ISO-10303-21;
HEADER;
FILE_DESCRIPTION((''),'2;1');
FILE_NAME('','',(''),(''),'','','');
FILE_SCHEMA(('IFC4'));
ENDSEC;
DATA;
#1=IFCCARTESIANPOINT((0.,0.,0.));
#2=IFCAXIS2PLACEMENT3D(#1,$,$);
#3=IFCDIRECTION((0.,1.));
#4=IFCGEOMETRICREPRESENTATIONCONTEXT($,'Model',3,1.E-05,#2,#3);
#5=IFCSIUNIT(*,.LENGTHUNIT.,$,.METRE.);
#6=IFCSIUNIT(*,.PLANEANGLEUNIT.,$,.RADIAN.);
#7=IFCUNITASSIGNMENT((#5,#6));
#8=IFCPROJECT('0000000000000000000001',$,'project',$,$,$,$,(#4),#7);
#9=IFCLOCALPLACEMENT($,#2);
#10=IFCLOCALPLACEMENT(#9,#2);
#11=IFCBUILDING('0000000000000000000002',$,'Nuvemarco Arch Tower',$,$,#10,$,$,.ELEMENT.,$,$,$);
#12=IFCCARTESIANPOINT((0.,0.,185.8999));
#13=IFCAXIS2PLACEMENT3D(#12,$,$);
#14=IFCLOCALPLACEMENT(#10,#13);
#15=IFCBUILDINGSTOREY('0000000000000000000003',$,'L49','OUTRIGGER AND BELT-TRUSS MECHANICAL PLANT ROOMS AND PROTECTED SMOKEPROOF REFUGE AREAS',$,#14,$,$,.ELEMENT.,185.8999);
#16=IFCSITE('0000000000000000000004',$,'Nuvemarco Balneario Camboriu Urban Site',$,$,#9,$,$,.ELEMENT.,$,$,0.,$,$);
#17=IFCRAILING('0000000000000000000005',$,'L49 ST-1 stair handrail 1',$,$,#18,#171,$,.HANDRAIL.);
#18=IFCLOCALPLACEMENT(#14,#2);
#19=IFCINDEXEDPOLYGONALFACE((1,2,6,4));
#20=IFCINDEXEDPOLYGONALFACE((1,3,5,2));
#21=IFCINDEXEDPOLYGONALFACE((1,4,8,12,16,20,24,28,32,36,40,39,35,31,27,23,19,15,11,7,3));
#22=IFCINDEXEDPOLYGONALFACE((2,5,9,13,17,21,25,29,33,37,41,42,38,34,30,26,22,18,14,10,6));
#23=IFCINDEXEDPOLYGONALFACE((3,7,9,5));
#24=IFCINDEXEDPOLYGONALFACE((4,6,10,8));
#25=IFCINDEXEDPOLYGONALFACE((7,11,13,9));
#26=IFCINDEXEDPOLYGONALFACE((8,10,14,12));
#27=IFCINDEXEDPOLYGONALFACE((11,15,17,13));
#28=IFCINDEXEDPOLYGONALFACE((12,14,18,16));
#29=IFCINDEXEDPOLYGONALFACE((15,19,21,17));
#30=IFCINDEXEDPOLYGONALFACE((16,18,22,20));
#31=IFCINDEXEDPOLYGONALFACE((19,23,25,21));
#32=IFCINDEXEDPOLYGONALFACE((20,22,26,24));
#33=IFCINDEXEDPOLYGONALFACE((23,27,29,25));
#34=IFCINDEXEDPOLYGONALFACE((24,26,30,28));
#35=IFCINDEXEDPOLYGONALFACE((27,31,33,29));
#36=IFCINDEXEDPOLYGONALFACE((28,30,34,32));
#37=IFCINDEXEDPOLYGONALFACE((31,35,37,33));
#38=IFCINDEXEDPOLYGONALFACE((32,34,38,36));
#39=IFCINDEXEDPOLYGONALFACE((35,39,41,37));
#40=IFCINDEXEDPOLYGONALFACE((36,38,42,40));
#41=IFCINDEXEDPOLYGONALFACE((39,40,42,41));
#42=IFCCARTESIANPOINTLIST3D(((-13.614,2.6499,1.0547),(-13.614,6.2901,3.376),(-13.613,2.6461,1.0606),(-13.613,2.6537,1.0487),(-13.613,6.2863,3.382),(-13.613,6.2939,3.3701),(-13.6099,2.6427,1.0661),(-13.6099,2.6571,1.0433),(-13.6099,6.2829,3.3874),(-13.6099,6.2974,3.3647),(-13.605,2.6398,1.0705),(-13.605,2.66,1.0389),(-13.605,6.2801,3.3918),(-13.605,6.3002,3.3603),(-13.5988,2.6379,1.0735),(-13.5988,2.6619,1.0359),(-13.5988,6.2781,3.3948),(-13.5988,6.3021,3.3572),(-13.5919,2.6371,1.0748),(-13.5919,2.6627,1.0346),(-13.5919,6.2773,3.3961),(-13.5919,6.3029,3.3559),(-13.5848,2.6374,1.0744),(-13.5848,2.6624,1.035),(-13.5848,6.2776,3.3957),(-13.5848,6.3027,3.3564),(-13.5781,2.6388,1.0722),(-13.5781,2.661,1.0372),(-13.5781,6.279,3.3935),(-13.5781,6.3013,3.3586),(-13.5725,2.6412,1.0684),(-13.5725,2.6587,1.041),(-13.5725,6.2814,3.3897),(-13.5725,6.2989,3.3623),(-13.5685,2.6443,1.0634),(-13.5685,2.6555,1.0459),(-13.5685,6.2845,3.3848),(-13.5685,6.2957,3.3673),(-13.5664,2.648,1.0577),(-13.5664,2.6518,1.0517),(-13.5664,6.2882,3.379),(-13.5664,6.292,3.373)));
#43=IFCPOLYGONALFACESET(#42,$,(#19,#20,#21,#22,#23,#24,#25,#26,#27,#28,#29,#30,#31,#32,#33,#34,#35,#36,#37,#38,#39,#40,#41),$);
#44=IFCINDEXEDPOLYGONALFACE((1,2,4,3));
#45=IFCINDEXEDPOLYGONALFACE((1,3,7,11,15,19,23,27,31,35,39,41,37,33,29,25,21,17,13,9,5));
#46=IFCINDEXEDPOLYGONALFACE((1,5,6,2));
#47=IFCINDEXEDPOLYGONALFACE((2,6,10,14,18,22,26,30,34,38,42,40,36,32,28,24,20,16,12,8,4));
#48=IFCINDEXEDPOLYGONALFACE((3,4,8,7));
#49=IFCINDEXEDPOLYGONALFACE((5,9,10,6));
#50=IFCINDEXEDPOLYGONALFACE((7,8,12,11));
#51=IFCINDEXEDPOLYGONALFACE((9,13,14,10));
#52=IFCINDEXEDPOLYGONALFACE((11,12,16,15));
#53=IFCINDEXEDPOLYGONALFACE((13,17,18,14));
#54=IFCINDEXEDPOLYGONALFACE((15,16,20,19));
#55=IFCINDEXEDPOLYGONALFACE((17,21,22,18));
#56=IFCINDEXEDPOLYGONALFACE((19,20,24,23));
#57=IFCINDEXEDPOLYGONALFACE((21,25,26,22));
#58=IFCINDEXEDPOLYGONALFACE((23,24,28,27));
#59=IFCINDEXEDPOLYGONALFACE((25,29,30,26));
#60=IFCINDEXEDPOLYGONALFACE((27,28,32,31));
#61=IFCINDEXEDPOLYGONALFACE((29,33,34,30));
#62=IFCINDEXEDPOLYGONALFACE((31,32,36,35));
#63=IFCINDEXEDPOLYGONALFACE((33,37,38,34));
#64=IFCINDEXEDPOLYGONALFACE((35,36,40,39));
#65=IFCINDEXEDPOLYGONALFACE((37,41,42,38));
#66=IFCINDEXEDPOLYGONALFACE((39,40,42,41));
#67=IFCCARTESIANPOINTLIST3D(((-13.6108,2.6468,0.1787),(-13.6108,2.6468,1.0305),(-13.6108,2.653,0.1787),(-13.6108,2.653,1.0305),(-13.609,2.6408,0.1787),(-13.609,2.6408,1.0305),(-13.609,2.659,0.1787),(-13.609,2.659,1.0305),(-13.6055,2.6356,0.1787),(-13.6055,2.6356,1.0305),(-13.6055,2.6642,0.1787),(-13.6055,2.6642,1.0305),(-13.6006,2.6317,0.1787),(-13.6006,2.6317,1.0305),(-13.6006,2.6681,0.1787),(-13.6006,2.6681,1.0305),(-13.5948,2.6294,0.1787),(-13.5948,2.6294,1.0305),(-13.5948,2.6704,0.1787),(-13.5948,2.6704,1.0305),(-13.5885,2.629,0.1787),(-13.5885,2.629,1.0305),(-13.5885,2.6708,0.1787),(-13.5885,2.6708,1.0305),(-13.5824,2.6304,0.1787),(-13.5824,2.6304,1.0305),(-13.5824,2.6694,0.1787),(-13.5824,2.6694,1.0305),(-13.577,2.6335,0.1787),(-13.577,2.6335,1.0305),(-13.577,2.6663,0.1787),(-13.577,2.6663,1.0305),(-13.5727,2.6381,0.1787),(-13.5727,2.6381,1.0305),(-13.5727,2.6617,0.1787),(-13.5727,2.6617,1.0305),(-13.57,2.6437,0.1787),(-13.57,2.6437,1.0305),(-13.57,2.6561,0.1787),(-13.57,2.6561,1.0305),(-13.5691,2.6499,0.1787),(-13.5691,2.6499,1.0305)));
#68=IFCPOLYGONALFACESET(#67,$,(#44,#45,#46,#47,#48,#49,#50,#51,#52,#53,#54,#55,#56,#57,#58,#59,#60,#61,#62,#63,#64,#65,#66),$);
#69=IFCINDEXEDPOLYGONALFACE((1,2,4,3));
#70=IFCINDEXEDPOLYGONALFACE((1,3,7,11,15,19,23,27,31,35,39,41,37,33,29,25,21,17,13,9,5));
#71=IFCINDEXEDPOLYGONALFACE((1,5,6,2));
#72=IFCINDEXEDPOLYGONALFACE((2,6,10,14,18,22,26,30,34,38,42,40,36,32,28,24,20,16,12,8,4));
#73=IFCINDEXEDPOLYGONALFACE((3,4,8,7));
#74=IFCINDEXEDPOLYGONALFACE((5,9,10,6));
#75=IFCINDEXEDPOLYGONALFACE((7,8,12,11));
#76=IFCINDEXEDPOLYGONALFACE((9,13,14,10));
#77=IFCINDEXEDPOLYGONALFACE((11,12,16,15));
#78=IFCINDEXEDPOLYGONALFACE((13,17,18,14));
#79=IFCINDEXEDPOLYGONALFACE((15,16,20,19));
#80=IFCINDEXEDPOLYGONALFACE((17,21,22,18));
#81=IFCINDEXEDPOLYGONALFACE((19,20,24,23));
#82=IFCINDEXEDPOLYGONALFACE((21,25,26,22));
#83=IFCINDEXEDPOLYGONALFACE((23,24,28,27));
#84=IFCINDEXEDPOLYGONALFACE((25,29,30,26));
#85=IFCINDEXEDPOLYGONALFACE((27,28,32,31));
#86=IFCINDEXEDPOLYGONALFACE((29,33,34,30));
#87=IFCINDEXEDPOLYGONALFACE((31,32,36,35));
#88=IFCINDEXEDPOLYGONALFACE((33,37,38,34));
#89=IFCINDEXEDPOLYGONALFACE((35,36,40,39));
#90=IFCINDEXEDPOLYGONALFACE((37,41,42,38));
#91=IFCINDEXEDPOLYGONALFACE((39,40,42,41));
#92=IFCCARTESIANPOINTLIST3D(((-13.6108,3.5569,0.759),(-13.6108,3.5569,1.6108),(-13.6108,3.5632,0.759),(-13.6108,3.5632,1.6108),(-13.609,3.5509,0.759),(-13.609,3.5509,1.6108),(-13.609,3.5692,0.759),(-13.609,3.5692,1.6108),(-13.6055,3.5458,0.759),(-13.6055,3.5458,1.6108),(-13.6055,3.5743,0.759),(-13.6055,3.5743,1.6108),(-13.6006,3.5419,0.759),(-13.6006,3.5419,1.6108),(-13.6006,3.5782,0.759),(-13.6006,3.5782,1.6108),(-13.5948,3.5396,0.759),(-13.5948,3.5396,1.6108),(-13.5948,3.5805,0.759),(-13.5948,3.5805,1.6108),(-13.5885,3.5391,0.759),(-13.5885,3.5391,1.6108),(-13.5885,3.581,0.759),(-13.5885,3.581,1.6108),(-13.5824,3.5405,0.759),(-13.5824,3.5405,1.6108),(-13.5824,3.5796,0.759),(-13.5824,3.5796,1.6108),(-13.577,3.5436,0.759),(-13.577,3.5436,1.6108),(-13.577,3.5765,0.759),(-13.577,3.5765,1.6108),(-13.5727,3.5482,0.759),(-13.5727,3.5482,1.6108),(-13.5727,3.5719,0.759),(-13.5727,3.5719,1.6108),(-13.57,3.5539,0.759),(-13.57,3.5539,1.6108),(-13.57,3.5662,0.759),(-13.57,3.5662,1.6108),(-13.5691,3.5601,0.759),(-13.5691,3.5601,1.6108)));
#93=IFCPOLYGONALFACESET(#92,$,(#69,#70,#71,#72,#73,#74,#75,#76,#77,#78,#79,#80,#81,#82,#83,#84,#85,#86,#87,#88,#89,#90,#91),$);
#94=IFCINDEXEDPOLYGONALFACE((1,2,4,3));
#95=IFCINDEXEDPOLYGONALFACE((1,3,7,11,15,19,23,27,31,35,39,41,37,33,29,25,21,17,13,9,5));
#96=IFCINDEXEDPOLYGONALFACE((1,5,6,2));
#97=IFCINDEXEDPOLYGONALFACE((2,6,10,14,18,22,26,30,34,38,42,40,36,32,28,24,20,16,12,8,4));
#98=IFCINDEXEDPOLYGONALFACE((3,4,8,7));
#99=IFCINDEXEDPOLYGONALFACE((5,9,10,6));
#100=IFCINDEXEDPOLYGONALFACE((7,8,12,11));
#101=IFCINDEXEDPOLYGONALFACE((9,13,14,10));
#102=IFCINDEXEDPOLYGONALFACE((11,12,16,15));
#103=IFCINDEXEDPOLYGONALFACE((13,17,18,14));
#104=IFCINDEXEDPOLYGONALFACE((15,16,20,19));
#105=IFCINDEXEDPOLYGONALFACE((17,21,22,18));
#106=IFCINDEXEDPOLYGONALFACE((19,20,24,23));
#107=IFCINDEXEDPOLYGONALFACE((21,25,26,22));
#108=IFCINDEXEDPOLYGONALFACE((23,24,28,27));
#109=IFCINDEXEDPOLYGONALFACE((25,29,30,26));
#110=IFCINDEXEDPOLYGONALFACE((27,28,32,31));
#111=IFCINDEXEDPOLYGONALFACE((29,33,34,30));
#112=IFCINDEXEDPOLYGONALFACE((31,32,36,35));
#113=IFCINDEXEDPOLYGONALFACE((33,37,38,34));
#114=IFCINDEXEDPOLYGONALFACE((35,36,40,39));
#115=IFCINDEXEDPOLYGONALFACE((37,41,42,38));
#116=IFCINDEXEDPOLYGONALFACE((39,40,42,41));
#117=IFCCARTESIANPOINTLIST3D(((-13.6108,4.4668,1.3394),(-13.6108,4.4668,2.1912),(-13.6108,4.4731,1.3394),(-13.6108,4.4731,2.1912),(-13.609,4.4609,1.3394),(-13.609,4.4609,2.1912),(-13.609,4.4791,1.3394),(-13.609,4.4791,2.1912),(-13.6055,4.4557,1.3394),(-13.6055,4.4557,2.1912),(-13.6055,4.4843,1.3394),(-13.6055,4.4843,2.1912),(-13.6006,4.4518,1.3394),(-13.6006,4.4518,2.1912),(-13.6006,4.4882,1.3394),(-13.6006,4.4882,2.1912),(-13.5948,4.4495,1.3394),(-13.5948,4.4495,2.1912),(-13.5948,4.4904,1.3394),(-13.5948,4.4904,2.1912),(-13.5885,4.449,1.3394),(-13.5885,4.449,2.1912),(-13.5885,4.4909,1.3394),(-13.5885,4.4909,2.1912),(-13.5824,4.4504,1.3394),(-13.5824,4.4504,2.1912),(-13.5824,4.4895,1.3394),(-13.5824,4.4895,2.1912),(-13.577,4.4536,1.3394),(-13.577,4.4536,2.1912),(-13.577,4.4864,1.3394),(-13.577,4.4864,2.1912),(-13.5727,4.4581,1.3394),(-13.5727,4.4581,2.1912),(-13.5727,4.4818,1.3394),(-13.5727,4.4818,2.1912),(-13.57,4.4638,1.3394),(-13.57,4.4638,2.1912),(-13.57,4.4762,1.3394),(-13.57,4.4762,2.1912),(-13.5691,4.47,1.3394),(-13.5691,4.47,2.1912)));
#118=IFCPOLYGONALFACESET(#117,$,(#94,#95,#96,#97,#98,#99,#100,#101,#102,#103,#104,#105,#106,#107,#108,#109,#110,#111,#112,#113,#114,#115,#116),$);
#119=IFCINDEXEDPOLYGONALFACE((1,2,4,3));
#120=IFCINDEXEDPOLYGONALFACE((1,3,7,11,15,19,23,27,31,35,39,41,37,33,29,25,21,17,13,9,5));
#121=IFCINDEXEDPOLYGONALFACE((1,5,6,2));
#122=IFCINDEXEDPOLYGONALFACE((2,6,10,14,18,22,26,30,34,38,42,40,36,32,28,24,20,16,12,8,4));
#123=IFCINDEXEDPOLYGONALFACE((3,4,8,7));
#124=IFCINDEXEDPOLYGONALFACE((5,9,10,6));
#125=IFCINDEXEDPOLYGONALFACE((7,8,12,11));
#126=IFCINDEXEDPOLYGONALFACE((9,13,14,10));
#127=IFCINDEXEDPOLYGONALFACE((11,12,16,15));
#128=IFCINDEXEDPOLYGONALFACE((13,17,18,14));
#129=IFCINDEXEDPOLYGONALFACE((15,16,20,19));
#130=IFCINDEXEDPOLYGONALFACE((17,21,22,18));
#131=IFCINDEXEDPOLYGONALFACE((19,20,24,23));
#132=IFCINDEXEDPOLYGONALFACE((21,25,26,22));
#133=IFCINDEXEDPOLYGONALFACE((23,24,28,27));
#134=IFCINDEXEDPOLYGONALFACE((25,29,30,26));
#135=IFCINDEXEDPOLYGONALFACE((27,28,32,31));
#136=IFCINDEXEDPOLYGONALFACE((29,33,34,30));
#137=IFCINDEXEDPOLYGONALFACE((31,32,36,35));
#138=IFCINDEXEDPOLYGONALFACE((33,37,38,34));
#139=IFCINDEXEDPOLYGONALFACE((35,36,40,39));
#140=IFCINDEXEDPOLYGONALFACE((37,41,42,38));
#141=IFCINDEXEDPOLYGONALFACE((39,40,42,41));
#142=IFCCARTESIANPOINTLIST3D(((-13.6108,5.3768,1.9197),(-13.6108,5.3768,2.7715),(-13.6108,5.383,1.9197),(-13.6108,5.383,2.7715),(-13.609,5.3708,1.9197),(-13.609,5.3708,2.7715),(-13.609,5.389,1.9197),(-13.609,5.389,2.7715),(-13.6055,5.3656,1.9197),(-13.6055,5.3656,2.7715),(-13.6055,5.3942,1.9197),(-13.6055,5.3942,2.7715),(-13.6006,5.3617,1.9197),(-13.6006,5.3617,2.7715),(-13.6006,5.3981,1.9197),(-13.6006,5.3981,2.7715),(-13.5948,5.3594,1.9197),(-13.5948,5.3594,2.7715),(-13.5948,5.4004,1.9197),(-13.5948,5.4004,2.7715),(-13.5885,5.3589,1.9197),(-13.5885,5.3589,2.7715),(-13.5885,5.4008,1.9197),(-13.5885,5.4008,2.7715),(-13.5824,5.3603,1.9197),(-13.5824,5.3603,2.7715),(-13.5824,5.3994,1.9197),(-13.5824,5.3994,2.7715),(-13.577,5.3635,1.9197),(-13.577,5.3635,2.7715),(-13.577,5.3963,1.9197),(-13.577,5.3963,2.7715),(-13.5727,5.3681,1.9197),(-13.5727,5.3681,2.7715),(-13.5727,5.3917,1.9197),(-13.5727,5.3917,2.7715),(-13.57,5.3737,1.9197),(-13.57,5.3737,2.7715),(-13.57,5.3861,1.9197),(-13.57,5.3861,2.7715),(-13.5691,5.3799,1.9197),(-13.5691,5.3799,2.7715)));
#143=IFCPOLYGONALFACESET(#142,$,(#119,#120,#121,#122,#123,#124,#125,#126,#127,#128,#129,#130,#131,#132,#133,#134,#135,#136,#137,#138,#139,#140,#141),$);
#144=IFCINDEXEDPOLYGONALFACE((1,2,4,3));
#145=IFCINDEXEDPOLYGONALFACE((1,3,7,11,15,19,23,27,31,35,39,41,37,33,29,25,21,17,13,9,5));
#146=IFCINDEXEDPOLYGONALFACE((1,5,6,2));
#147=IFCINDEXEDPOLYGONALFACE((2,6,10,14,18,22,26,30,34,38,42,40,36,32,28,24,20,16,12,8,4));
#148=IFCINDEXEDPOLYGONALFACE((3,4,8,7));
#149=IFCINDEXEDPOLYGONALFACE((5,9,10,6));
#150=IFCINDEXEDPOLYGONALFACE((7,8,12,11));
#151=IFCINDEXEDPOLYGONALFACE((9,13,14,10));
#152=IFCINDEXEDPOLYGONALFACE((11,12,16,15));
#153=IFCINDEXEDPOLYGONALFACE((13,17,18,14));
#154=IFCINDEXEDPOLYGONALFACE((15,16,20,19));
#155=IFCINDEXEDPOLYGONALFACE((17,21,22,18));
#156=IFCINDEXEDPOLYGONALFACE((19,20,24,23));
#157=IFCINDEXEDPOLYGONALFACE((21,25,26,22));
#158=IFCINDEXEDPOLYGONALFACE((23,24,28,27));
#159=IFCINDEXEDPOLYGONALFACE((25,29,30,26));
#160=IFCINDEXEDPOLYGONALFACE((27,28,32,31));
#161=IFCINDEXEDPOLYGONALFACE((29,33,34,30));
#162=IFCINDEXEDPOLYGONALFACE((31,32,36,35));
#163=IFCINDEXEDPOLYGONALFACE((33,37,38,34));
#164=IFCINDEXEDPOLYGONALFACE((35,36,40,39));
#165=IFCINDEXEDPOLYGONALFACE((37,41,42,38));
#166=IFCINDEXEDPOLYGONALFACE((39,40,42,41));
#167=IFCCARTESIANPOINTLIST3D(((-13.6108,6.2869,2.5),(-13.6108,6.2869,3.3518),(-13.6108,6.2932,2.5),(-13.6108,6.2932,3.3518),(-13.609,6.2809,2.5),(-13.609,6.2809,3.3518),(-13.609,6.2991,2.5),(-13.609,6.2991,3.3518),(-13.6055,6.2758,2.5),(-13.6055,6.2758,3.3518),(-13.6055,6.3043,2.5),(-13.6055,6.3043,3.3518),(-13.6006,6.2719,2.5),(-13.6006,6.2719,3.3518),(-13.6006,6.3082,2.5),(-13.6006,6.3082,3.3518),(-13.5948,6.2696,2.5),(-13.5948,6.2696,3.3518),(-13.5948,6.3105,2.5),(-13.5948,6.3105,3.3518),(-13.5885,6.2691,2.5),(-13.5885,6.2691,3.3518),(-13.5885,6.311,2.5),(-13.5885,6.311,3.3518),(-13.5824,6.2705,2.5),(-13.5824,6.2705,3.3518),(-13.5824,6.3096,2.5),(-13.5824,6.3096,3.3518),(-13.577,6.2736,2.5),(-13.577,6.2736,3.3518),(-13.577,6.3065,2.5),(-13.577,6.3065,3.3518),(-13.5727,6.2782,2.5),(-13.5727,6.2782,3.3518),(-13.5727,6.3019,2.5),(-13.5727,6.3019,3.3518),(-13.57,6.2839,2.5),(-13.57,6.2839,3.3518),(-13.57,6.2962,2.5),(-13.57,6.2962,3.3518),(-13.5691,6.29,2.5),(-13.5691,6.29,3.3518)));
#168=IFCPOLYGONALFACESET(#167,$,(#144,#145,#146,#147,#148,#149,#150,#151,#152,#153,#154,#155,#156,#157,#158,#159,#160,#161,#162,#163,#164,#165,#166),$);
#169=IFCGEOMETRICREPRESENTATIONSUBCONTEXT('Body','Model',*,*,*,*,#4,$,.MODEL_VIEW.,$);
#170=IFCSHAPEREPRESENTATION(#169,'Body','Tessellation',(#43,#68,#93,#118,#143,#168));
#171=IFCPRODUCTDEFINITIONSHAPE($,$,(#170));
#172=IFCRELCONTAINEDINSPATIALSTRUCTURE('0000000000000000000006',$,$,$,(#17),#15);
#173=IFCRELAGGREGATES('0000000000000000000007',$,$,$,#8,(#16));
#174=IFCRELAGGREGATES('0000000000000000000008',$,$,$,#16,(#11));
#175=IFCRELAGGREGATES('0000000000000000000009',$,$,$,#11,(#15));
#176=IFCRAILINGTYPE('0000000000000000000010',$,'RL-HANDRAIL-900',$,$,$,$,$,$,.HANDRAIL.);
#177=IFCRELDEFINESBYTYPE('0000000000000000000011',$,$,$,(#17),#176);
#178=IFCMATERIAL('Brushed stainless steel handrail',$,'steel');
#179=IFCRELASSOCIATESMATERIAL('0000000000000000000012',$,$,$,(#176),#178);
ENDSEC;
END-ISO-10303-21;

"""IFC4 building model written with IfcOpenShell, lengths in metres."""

from ifc_helpers import new_model, si_unit, direction, frame, origin, origin_2d, place, context, subcontext, project, spatial, circle, extrude, material, type_object, element, save


model = new_model("IFC4")

# Units and contexts
model_context = context("Model", 3, precision=1e-05, world=origin(), true_north=direction((0.0, 1.0)))
body_context = subcontext(model_context, "Body", "Model", "MODEL_VIEW")
ifc_project = project(units=[si_unit("LENGTHUNIT", "METRE"), si_unit("PLANEANGLEUNIT", "RADIAN")], contexts=[model_context])

# Site, building, storey
site_placement = place(None, origin())
site = spatial("IfcSite", under=ifc_project, at=site_placement, Name="Nuvemarco Balneario Camboriu Urban Site", CompositionType="ELEMENT", RefElevation=0.0)
building_placement = place(site_placement, origin())
building = spatial("IfcBuilding", under=site, at=building_placement, Name="Nuvemarco Arch Tower", CompositionType="ELEMENT")
storey_placement = place(building_placement, frame((0.0, 0.0, 185.8999)))
storey = spatial("IfcBuildingStorey", under=building, at=storey_placement, Name="L49", Description="OUTRIGGER AND BELT-TRUSS MECHANICAL PLANT ROOMS AND PROTECTED SMOKEPROOF REFUGE AREAS", CompositionType="ELEMENT", Elevation=185.8999)

# Railing
ifc_material_1 = material(Name="Brushed stainless steel handrail", Category="steel")
railing_type_1 = type_object("IfcRailingType", Name="RL-HANDRAIL-900", PredefinedType="HANDRAIL", material=ifc_material_1)
railing_1_placement = place(storey_placement, frame((-13.5901, 2.6499, 0.1787)))
element("IfcRailing", 1, at=railing_1_placement, inside=storey, type_object=railing_type_1, Name="L49 ST-1 stair handrail 1", PredefinedType="HANDRAIL", context=body_context, shape_type="SweptSolid", body=[
    extrude(circle(Radius=0.0239, at=origin_2d()), frame((0.0, 0.0, 0.876), z_axis=(0.0, 0.843153, 0.537673), x_axis=(-1.0, 0.0, 0.0)), (0.0, 0.0, 1.0), 4.3174),
    extrude(circle(Radius=0.021, at=origin_2d()), origin(), (0.0, 0.0, 1.0), 0.8518),
    extrude(circle(Radius=0.021, at=origin_2d()), frame((0.0, 0.9102, 0.5803)), (0.0, 0.0, 1.0), 0.8518),
    extrude(circle(Radius=0.021, at=origin_2d()), frame((0.0, 1.8201, 1.1606)), (0.0, 0.0, 1.0), 0.8518),
    extrude(circle(Radius=0.021, at=origin_2d()), frame((0.0, 2.73, 1.741)), (0.0, 0.0, 1.0), 0.8518),
    extrude(circle(Radius=0.021, at=origin_2d()), frame((0.0, 3.6401, 2.3213)), (0.0, 0.0, 1.0), 0.8518),
])

save(model, "model.ifc")
